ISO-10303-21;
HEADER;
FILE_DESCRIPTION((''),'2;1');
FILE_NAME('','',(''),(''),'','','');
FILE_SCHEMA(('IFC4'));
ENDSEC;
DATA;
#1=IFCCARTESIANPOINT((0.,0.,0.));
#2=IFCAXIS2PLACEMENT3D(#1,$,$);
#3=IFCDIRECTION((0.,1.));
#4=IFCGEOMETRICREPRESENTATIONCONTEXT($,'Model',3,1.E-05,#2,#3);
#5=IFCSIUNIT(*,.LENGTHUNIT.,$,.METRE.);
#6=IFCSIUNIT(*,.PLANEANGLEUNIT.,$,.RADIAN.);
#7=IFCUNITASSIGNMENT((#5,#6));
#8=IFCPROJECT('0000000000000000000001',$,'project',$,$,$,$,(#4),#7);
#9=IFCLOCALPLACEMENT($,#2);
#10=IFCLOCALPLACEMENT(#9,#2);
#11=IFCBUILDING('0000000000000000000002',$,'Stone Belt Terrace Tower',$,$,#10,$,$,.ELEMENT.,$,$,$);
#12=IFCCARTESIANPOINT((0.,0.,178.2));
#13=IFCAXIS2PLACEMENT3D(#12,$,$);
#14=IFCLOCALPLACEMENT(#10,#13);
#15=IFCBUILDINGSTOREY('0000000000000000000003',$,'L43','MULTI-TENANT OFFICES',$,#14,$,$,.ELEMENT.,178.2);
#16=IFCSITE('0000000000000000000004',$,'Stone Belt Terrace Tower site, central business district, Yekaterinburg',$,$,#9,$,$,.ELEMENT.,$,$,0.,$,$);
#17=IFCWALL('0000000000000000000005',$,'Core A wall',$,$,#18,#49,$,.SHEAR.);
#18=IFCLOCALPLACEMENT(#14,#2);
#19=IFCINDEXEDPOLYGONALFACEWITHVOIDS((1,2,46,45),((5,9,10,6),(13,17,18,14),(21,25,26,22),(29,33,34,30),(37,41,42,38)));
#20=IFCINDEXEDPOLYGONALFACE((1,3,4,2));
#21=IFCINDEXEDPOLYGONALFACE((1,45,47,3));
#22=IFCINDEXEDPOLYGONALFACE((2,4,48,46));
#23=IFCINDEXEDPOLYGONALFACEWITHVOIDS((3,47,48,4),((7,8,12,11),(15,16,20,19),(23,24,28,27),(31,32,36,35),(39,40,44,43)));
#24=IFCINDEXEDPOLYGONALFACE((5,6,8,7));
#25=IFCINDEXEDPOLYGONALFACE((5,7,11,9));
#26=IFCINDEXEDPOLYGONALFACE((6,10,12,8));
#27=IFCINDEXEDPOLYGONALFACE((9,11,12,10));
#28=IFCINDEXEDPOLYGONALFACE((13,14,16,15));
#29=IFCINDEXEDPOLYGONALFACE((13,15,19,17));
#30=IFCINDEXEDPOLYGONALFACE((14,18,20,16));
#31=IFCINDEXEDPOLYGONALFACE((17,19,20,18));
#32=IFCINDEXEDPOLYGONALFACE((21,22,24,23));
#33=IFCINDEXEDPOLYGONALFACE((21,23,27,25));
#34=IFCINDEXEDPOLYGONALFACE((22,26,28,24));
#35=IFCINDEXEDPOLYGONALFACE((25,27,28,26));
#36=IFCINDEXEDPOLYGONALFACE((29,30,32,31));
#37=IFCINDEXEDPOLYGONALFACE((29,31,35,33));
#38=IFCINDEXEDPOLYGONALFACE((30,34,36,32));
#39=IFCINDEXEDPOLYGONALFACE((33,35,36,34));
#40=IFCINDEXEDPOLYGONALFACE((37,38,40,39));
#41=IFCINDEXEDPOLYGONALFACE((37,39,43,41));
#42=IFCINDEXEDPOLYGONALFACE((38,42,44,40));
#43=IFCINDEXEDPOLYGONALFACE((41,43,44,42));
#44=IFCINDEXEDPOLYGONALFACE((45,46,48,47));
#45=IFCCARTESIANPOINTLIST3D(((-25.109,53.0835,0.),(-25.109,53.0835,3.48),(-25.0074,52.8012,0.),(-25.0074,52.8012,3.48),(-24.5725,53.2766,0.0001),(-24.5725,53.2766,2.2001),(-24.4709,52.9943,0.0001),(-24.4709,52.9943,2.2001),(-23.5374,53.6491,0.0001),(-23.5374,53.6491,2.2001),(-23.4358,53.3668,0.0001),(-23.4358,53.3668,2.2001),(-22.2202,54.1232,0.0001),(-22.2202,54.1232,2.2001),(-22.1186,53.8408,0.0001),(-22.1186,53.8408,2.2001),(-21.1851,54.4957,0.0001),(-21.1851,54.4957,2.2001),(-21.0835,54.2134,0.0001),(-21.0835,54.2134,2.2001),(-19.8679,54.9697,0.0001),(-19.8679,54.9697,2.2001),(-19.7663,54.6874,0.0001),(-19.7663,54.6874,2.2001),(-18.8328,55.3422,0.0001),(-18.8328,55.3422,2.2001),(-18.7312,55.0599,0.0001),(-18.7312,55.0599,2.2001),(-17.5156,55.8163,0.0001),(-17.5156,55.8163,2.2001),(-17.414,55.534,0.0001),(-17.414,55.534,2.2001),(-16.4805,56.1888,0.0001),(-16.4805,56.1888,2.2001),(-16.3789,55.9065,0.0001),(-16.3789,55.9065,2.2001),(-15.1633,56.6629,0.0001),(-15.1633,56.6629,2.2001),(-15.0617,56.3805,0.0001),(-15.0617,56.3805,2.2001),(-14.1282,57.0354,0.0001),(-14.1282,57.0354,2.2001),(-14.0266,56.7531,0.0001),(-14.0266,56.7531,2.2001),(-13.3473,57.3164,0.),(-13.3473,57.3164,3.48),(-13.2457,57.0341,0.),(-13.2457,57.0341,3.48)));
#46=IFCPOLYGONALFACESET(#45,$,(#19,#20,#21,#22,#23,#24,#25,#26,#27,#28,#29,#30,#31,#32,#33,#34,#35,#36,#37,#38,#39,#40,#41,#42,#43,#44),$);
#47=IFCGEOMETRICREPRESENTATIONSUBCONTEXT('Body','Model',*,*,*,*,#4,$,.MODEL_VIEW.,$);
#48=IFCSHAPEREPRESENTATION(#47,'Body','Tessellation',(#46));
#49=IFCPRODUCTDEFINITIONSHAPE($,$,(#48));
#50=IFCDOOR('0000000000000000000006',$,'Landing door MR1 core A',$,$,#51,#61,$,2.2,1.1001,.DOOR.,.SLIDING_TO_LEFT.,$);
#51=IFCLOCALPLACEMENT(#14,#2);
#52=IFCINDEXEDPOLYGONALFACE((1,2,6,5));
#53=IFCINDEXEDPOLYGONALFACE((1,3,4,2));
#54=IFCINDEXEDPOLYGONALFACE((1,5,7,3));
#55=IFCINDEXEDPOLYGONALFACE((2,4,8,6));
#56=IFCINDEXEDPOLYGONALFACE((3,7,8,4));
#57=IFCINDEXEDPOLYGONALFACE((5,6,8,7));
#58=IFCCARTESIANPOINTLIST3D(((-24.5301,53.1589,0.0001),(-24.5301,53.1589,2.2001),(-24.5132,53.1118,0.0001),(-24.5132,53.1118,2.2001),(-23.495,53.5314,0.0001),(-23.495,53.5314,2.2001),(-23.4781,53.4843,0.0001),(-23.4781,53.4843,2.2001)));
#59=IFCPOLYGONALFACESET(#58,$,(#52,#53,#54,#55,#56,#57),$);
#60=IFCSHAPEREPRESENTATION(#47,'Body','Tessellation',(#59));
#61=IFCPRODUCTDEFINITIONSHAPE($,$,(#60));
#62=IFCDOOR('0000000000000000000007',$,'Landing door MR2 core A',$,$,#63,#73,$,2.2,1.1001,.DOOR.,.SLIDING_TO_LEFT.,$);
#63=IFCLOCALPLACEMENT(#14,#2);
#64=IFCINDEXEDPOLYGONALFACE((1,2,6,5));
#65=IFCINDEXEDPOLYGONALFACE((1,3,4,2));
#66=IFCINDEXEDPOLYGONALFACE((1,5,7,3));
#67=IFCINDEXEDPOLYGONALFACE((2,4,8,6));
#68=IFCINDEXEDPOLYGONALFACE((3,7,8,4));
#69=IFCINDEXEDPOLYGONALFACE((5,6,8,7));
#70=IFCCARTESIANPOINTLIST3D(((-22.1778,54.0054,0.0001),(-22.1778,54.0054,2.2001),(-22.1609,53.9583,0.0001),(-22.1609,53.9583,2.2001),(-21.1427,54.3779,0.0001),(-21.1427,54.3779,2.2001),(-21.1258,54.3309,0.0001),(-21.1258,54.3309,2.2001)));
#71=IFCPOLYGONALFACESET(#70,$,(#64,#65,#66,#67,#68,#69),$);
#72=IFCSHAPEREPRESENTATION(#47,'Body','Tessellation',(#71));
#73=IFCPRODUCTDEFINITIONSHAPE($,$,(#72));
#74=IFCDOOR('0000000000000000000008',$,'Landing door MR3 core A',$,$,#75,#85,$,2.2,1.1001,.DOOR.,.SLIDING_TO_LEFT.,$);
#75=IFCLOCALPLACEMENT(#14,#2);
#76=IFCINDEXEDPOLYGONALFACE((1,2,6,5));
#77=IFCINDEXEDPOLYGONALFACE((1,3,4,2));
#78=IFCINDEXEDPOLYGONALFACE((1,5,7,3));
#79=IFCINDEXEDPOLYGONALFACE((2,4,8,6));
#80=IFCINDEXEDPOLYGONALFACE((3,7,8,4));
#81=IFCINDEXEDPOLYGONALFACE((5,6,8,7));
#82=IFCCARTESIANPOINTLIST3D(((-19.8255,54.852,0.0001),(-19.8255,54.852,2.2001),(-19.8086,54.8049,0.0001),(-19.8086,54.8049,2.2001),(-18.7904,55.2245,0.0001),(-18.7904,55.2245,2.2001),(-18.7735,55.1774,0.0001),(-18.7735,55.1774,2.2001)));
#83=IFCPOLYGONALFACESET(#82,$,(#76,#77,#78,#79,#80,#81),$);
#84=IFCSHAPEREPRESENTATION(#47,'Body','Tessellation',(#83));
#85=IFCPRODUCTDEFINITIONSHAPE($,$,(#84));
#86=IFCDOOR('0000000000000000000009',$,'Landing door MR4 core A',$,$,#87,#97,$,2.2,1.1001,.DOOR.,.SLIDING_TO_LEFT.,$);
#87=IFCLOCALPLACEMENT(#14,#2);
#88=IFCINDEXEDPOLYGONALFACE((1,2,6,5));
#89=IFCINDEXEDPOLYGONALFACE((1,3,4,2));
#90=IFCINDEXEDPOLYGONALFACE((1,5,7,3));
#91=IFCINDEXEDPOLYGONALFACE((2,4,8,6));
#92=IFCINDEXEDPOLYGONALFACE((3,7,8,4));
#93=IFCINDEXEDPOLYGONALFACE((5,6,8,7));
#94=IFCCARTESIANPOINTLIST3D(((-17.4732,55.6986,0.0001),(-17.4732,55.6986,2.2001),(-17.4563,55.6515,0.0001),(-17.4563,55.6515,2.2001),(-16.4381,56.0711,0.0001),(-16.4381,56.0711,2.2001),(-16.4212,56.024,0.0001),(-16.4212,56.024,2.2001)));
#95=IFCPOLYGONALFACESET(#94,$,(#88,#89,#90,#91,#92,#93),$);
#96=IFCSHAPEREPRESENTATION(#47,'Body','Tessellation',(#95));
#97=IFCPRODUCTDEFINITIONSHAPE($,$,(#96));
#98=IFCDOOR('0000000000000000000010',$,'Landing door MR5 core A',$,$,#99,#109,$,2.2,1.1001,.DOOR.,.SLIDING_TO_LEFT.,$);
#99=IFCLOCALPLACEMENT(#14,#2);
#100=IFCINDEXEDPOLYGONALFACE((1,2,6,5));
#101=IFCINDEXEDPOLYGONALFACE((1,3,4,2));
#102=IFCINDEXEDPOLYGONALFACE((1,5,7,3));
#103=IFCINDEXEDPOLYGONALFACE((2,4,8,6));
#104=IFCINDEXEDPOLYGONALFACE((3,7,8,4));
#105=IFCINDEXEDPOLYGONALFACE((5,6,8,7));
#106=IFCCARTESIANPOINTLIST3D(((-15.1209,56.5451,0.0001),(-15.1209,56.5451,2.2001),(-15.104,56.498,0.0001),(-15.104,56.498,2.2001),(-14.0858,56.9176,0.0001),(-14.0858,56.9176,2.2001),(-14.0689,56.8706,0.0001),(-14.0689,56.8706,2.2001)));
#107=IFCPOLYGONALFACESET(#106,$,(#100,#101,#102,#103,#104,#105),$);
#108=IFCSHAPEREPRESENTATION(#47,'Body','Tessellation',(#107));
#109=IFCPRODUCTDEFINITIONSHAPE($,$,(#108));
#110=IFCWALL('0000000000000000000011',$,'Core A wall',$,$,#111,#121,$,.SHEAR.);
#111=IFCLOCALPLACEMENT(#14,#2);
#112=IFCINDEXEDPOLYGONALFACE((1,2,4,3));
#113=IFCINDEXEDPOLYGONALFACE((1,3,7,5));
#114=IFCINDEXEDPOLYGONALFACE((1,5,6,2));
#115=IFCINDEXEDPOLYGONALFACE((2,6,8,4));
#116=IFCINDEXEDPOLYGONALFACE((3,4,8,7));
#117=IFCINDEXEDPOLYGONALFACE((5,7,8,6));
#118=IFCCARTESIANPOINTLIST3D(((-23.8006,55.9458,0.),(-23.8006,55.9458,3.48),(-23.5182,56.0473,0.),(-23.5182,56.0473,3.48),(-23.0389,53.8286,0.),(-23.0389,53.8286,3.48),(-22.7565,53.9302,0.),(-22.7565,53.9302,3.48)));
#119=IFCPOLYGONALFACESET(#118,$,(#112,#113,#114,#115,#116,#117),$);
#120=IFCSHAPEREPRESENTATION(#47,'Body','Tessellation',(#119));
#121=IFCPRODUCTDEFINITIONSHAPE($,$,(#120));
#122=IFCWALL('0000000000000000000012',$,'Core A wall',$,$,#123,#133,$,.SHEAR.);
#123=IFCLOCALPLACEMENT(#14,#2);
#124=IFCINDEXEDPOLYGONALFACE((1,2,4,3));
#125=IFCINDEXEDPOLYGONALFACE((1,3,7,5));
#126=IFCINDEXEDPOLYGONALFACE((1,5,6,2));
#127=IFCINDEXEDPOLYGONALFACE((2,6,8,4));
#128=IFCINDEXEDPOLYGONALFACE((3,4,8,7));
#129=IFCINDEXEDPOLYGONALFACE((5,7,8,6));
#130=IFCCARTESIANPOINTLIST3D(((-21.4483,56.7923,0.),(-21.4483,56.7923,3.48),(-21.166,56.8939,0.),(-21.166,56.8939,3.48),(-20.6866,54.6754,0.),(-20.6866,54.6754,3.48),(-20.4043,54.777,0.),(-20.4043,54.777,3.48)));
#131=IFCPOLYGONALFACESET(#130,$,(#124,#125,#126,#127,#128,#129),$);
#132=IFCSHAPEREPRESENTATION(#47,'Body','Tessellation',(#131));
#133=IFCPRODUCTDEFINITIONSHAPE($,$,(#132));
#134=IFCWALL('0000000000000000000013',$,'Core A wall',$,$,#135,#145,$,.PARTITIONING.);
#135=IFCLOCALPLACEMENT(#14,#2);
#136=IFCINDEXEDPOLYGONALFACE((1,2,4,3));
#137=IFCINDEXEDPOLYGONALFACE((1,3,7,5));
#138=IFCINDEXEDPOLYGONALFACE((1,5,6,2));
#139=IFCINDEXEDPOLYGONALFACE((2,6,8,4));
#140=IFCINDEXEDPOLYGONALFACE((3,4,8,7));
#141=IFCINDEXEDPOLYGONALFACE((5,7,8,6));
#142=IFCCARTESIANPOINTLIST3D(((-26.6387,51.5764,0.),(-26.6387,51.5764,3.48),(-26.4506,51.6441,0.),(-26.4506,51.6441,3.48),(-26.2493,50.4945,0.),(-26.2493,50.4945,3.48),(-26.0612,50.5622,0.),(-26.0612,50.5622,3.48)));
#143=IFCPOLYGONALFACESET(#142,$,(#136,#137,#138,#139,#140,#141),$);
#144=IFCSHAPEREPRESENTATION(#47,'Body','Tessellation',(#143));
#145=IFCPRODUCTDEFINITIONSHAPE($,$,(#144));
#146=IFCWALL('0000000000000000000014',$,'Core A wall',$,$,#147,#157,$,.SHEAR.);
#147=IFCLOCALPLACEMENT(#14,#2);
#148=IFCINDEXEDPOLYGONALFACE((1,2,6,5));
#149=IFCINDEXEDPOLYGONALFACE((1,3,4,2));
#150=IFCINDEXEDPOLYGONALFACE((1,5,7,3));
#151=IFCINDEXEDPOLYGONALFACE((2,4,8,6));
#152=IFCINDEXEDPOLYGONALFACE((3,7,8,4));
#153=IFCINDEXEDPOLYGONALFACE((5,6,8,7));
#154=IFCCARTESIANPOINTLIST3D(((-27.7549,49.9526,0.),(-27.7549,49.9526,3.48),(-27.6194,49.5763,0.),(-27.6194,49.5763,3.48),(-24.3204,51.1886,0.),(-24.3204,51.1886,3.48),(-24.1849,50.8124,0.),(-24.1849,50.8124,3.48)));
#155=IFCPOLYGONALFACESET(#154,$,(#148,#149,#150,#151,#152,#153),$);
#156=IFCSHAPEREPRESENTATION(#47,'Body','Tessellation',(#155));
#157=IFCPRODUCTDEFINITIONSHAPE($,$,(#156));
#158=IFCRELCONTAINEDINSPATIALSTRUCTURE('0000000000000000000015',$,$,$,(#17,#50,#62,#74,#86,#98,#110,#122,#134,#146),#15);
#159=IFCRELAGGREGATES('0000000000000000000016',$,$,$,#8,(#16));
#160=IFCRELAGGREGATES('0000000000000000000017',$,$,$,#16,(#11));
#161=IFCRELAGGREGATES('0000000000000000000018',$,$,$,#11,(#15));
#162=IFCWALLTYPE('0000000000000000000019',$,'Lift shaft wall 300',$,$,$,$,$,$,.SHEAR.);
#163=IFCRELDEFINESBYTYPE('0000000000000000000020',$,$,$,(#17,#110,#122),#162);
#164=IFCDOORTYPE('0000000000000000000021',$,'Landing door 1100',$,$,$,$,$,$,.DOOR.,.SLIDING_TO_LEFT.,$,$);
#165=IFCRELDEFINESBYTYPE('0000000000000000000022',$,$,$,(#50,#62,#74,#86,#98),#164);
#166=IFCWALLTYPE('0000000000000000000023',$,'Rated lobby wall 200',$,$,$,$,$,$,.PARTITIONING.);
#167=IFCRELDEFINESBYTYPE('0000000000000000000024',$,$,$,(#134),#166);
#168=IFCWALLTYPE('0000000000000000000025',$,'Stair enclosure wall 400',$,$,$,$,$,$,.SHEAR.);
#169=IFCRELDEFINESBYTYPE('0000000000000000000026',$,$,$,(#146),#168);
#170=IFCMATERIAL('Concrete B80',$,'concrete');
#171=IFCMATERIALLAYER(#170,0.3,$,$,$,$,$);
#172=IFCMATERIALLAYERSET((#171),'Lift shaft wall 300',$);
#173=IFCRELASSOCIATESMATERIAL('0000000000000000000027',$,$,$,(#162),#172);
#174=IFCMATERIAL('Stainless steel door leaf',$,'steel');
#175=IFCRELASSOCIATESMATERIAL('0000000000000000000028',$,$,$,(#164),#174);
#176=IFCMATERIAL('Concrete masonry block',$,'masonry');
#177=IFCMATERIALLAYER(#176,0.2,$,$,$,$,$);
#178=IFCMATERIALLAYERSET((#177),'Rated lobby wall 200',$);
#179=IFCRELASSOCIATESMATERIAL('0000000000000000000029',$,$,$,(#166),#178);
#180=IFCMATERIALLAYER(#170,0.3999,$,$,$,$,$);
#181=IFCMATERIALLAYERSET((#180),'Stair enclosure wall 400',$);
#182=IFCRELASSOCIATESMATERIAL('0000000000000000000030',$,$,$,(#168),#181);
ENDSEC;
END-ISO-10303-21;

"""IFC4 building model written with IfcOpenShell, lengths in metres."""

from ifc_helpers import new_model, si_unit, direction, frame, frame_2d, origin, place, context, subcontext, project, spatial, rectangle, extrude, material, layer, layer_set, type_object, element, fill, save


model = new_model("IFC4")

# Units and contexts
model_context = context("Model", 3, precision=1e-05, world=origin(), true_north=direction((0.0, 1.0)))
body_context = subcontext(model_context, "Body", "Model", "MODEL_VIEW")
ifc_project = project(units=[si_unit("LENGTHUNIT", "METRE"), si_unit("PLANEANGLEUNIT", "RADIAN")], contexts=[model_context])

# Site, building, storey
site_placement = place(None, origin())
site = spatial("IfcSite", under=ifc_project, at=site_placement, Name="Stone Belt Terrace Tower site, central business district, Yekaterinburg", CompositionType="ELEMENT", RefElevation=0.0)
building_placement = place(site_placement, origin())
building = spatial("IfcBuilding", under=site, at=building_placement, Name="Stone Belt Terrace Tower", CompositionType="ELEMENT")
storey_placement = place(building_placement, frame((0.0, 0.0, 178.2)))
storey = spatial("IfcBuildingStorey", under=building, at=storey_placement, Name="L43", Description="MULTI-TENANT OFFICES", CompositionType="ELEMENT", Elevation=178.2)

# Shared definitions
ifc_material_1 = material(Name="Concrete B80", Category="concrete")

# Shared definitions
ifc_layer_1 = layer(ifc_material_1, 0.3)
ifc_layer_set_1 = layer_set([ifc_layer_1], Name="Lift shaft wall 300")
wall_type_1 = type_object("IfcWallType", Name="Lift shaft wall 300", PredefinedType="SHEAR", material=ifc_layer_set_1)
ifc_material_2 = material(Name="Stainless steel door leaf", Category="steel")

# Wall, openings, doors
wall_1_placement = place(storey_placement, frame((-25.0581, 52.9424, 0.0), z_axis=(0.0, 0.0, 1.0), x_axis=(0.940921, 0.338627, 0.0)))
wall_1 = element("IfcWall", 1, at=wall_1_placement, inside=storey, type_object=wall_type_1, Name="Core A wall", PredefinedType="SHEAR", context=body_context, shape_type="SweptSolid", body=[
    extrude(rectangle(XDim=12.5002, YDim=0.3, at=frame_2d((6.25, 0.0))), origin(), (0.0, 0.0, 1.0), 3.48),
])
opening_1_placement = place(wall_1_placement, frame((0.5701, 0.0, 0.0)))
opening_1 = element("IfcOpeningElement", 2, at=opening_1_placement, cuts=wall_1, PredefinedType="OPENING", context=body_context, shape_type="SweptSolid", body=[
    extrude(rectangle(XDim=1.1001, YDim=2.2, at=frame_2d((0.55, 1.1001))), frame((0.0, 0.1599, 0.0), z_axis=(0.0, -1.0, 0.0), x_axis=(1.0, 0.0, 0.0)), (0.0, 0.0, 1.0), 0.3201),
])
opening_2_placement = place(wall_1_placement, frame((3.0701, 0.0, 0.0)))
opening_2 = element("IfcOpeningElement", 3, at=opening_2_placement, cuts=wall_1, PredefinedType="OPENING", context=body_context, shape_type="SweptSolid", body=[
    extrude(rectangle(XDim=1.1001, YDim=2.2, at=frame_2d((0.55, 1.1001))), frame((0.0, 0.1599, 0.0), z_axis=(0.0, -1.0, 0.0), x_axis=(1.0, 0.0, 0.0)), (0.0, 0.0, 1.0), 0.3201),
])
opening_3_placement = place(wall_1_placement, frame((5.5701, 0.0, 0.0)))
opening_3 = element("IfcOpeningElement", 4, at=opening_3_placement, cuts=wall_1, PredefinedType="OPENING", context=body_context, shape_type="SweptSolid", body=[
    extrude(rectangle(XDim=1.1001, YDim=2.2, at=frame_2d((0.55, 1.1001))), frame((0.0, 0.1599, 0.0), z_axis=(0.0, -1.0, 0.0), x_axis=(1.0, 0.0, 0.0)), (0.0, 0.0, 1.0), 0.3201),
])
opening_4_placement = place(wall_1_placement, frame((8.0701, 0.0, 0.0)))
opening_4 = element("IfcOpeningElement", 5, at=opening_4_placement, cuts=wall_1, PredefinedType="OPENING", context=body_context, shape_type="SweptSolid", body=[
    extrude(rectangle(XDim=1.1001, YDim=2.2, at=frame_2d((0.55, 1.1001))), frame((0.0, 0.1599, 0.0), z_axis=(0.0, -1.0, 0.0), x_axis=(1.0, 0.0, 0.0)), (0.0, 0.0, 1.0), 0.3201),
])
opening_5_placement = place(wall_1_placement, frame((10.5701, 0.0, 0.0)))
opening_5 = element("IfcOpeningElement", 6, at=opening_5_placement, cuts=wall_1, PredefinedType="OPENING", context=body_context, shape_type="SweptSolid", body=[
    extrude(rectangle(XDim=1.1001, YDim=2.2, at=frame_2d((0.55, 1.1001))), frame((0.0, 0.1599, 0.0), z_axis=(0.0, -1.0, 0.0), x_axis=(1.0, 0.0, 0.0)), (0.0, 0.0, 1.0), 0.3201),
])
door_type_1 = type_object("IfcDoorType", Name="Landing door 1100", OperationType="SLIDING_TO_LEFT", PredefinedType="DOOR", material=ifc_material_2)
door_1_placement = place(opening_1_placement, origin())
door_1 = element("IfcDoor", 7, at=door_1_placement, inside=storey, type_object=door_type_1, Name="Landing door MR1 core A", OperationType="SLIDING_TO_LEFT", OverallHeight=2.2, OverallWidth=1.1001, PredefinedType="DOOR", context=body_context, shape_type="SweptSolid", body=[
    extrude(rectangle(XDim=1.1001, YDim=2.2, at=frame_2d((0.55, 1.1001))), frame((0.0, 0.0249, 0.0), z_axis=(0.0, -1.0, 0.0), x_axis=(1.0, 0.0, 0.0)), (0.0, 0.0, 1.0), 0.05),
])
fill(opening_1, door_1)
door_2_placement = place(opening_2_placement, origin())
door_2 = element("IfcDoor", 8, at=door_2_placement, inside=storey, type_object=door_type_1, Name="Landing door MR2 core A", OperationType="SLIDING_TO_LEFT", OverallHeight=2.2, OverallWidth=1.1001, PredefinedType="DOOR", context=body_context, shape_type="SweptSolid", body=[
    extrude(rectangle(XDim=1.1001, YDim=2.2, at=frame_2d((0.55, 1.1001))), frame((0.0, 0.0249, 0.0), z_axis=(0.0, -1.0, 0.0), x_axis=(1.0, 0.0, 0.0)), (0.0, 0.0, 1.0), 0.05),
])
fill(opening_2, door_2)
door_3_placement = place(opening_3_placement, origin())
door_3 = element("IfcDoor", 9, at=door_3_placement, inside=storey, type_object=door_type_1, Name="Landing door MR3 core A", OperationType="SLIDING_TO_LEFT", OverallHeight=2.2, OverallWidth=1.1001, PredefinedType="DOOR", context=body_context, shape_type="SweptSolid", body=[
    extrude(rectangle(XDim=1.1001, YDim=2.2, at=frame_2d((0.55, 1.1001))), frame((0.0, 0.0249, 0.0), z_axis=(0.0, -1.0, 0.0), x_axis=(1.0, 0.0, 0.0)), (0.0, 0.0, 1.0), 0.05),
])
fill(opening_3, door_3)
door_4_placement = place(opening_4_placement, origin())
door_4 = element("IfcDoor", 10, at=door_4_placement, inside=storey, type_object=door_type_1, Name="Landing door MR4 core A", OperationType="SLIDING_TO_LEFT", OverallHeight=2.2, OverallWidth=1.1001, PredefinedType="DOOR", context=body_context, shape_type="SweptSolid", body=[
    extrude(rectangle(XDim=1.1001, YDim=2.2, at=frame_2d((0.55, 1.1001))), frame((0.0, 0.0249, 0.0), z_axis=(0.0, -1.0, 0.0), x_axis=(1.0, 0.0, 0.0)), (0.0, 0.0, 1.0), 0.05),
])
fill(opening_4, door_4)
door_5_placement = place(opening_5_placement, origin())
door_5 = element("IfcDoor", 11, at=door_5_placement, inside=storey, type_object=door_type_1, Name="Landing door MR5 core A", OperationType="SLIDING_TO_LEFT", OverallHeight=2.2, OverallWidth=1.1001, PredefinedType="DOOR", context=body_context, shape_type="SweptSolid", body=[
    extrude(rectangle(XDim=1.1001, YDim=2.2, at=frame_2d((0.55, 1.1001))), frame((0.0, 0.0249, 0.0), z_axis=(0.0, -1.0, 0.0), x_axis=(1.0, 0.0, 0.0)), (0.0, 0.0, 1.0), 0.05),
])
fill(opening_5, door_5)

# Walls
wall_2_placement = place(storey_placement, frame((-22.8977, 53.8794, 0.0), z_axis=(0.0, 0.0, 1.0), x_axis=(-0.338535, 0.940954, 0.0)))
element("IfcWall", 12, at=wall_2_placement, inside=storey, type_object=wall_type_1, Name="Core A wall", PredefinedType="SHEAR", context=body_context, shape_type="SweptSolid", body=[
    extrude(rectangle(XDim=2.25, YDim=0.3, at=frame_2d((1.125, 0.0))), origin(), (0.0, 0.0, 1.0), 3.48),
])
wall_3_placement = place(storey_placement, frame((-20.5454, 54.7261, 0.0), z_axis=(0.0, 0.0, 1.0), x_axis=(-0.33857, 0.940941, 0.0)))
element("IfcWall", 13, at=wall_3_placement, inside=storey, type_object=wall_type_1, Name="Core A wall", PredefinedType="SHEAR", context=body_context, shape_type="SweptSolid", body=[
    extrude(rectangle(XDim=2.2498, YDim=0.3, at=frame_2d((1.125, 0.0))), origin(), (0.0, 0.0, 1.0), 3.48),
])
ifc_material_3 = material(Name="Concrete masonry block", Category="masonry")
ifc_layer_2 = layer(ifc_material_3, 0.2)
ifc_layer_set_2 = layer_set([ifc_layer_2], Name="Rated lobby wall 200")
wall_type_2 = type_object("IfcWallType", Name="Rated lobby wall 200", PredefinedType="PARTITIONING", material=ifc_layer_set_2)
wall_4_placement = place(storey_placement, frame((-26.1553, 50.5283, 0.0), z_axis=(0.0, 0.0, 1.0), x_axis=(-0.338622, 0.940923, 0.0)))
element("IfcWall", 14, at=wall_4_placement, inside=storey, type_object=wall_type_2, Name="Core A wall", PredefinedType="PARTITIONING", context=body_context, shape_type="SweptSolid", body=[
    extrude(rectangle(XDim=1.1499, YDim=0.2, at=frame_2d((0.575, 0.0))), origin(), (0.0, 0.0, 1.0), 3.48),
])
ifc_layer_3 = layer(ifc_material_1, 0.3999)
ifc_layer_set_3 = layer_set([ifc_layer_3], Name="Stair enclosure wall 400")
wall_type_3 = type_object("IfcWallType", Name="Stair enclosure wall 400", PredefinedType="SHEAR", material=ifc_layer_set_3)
wall_5_placement = place(storey_placement, frame((-27.6873, 49.7644, 0.0), z_axis=(0.0, 0.0, 1.0), x_axis=(0.940919, 0.338632, 0.0)))
element("IfcWall", 15, at=wall_5_placement, inside=storey, type_object=wall_type_3, Name="Core A wall", PredefinedType="SHEAR", context=body_context, shape_type="SweptSolid", body=[
    extrude(rectangle(XDim=3.6501, YDim=0.3999, at=frame_2d((1.8252, 0.0))), origin(), (0.0, 0.0, 1.0), 3.48),
])

save(model, "model.ifc")
